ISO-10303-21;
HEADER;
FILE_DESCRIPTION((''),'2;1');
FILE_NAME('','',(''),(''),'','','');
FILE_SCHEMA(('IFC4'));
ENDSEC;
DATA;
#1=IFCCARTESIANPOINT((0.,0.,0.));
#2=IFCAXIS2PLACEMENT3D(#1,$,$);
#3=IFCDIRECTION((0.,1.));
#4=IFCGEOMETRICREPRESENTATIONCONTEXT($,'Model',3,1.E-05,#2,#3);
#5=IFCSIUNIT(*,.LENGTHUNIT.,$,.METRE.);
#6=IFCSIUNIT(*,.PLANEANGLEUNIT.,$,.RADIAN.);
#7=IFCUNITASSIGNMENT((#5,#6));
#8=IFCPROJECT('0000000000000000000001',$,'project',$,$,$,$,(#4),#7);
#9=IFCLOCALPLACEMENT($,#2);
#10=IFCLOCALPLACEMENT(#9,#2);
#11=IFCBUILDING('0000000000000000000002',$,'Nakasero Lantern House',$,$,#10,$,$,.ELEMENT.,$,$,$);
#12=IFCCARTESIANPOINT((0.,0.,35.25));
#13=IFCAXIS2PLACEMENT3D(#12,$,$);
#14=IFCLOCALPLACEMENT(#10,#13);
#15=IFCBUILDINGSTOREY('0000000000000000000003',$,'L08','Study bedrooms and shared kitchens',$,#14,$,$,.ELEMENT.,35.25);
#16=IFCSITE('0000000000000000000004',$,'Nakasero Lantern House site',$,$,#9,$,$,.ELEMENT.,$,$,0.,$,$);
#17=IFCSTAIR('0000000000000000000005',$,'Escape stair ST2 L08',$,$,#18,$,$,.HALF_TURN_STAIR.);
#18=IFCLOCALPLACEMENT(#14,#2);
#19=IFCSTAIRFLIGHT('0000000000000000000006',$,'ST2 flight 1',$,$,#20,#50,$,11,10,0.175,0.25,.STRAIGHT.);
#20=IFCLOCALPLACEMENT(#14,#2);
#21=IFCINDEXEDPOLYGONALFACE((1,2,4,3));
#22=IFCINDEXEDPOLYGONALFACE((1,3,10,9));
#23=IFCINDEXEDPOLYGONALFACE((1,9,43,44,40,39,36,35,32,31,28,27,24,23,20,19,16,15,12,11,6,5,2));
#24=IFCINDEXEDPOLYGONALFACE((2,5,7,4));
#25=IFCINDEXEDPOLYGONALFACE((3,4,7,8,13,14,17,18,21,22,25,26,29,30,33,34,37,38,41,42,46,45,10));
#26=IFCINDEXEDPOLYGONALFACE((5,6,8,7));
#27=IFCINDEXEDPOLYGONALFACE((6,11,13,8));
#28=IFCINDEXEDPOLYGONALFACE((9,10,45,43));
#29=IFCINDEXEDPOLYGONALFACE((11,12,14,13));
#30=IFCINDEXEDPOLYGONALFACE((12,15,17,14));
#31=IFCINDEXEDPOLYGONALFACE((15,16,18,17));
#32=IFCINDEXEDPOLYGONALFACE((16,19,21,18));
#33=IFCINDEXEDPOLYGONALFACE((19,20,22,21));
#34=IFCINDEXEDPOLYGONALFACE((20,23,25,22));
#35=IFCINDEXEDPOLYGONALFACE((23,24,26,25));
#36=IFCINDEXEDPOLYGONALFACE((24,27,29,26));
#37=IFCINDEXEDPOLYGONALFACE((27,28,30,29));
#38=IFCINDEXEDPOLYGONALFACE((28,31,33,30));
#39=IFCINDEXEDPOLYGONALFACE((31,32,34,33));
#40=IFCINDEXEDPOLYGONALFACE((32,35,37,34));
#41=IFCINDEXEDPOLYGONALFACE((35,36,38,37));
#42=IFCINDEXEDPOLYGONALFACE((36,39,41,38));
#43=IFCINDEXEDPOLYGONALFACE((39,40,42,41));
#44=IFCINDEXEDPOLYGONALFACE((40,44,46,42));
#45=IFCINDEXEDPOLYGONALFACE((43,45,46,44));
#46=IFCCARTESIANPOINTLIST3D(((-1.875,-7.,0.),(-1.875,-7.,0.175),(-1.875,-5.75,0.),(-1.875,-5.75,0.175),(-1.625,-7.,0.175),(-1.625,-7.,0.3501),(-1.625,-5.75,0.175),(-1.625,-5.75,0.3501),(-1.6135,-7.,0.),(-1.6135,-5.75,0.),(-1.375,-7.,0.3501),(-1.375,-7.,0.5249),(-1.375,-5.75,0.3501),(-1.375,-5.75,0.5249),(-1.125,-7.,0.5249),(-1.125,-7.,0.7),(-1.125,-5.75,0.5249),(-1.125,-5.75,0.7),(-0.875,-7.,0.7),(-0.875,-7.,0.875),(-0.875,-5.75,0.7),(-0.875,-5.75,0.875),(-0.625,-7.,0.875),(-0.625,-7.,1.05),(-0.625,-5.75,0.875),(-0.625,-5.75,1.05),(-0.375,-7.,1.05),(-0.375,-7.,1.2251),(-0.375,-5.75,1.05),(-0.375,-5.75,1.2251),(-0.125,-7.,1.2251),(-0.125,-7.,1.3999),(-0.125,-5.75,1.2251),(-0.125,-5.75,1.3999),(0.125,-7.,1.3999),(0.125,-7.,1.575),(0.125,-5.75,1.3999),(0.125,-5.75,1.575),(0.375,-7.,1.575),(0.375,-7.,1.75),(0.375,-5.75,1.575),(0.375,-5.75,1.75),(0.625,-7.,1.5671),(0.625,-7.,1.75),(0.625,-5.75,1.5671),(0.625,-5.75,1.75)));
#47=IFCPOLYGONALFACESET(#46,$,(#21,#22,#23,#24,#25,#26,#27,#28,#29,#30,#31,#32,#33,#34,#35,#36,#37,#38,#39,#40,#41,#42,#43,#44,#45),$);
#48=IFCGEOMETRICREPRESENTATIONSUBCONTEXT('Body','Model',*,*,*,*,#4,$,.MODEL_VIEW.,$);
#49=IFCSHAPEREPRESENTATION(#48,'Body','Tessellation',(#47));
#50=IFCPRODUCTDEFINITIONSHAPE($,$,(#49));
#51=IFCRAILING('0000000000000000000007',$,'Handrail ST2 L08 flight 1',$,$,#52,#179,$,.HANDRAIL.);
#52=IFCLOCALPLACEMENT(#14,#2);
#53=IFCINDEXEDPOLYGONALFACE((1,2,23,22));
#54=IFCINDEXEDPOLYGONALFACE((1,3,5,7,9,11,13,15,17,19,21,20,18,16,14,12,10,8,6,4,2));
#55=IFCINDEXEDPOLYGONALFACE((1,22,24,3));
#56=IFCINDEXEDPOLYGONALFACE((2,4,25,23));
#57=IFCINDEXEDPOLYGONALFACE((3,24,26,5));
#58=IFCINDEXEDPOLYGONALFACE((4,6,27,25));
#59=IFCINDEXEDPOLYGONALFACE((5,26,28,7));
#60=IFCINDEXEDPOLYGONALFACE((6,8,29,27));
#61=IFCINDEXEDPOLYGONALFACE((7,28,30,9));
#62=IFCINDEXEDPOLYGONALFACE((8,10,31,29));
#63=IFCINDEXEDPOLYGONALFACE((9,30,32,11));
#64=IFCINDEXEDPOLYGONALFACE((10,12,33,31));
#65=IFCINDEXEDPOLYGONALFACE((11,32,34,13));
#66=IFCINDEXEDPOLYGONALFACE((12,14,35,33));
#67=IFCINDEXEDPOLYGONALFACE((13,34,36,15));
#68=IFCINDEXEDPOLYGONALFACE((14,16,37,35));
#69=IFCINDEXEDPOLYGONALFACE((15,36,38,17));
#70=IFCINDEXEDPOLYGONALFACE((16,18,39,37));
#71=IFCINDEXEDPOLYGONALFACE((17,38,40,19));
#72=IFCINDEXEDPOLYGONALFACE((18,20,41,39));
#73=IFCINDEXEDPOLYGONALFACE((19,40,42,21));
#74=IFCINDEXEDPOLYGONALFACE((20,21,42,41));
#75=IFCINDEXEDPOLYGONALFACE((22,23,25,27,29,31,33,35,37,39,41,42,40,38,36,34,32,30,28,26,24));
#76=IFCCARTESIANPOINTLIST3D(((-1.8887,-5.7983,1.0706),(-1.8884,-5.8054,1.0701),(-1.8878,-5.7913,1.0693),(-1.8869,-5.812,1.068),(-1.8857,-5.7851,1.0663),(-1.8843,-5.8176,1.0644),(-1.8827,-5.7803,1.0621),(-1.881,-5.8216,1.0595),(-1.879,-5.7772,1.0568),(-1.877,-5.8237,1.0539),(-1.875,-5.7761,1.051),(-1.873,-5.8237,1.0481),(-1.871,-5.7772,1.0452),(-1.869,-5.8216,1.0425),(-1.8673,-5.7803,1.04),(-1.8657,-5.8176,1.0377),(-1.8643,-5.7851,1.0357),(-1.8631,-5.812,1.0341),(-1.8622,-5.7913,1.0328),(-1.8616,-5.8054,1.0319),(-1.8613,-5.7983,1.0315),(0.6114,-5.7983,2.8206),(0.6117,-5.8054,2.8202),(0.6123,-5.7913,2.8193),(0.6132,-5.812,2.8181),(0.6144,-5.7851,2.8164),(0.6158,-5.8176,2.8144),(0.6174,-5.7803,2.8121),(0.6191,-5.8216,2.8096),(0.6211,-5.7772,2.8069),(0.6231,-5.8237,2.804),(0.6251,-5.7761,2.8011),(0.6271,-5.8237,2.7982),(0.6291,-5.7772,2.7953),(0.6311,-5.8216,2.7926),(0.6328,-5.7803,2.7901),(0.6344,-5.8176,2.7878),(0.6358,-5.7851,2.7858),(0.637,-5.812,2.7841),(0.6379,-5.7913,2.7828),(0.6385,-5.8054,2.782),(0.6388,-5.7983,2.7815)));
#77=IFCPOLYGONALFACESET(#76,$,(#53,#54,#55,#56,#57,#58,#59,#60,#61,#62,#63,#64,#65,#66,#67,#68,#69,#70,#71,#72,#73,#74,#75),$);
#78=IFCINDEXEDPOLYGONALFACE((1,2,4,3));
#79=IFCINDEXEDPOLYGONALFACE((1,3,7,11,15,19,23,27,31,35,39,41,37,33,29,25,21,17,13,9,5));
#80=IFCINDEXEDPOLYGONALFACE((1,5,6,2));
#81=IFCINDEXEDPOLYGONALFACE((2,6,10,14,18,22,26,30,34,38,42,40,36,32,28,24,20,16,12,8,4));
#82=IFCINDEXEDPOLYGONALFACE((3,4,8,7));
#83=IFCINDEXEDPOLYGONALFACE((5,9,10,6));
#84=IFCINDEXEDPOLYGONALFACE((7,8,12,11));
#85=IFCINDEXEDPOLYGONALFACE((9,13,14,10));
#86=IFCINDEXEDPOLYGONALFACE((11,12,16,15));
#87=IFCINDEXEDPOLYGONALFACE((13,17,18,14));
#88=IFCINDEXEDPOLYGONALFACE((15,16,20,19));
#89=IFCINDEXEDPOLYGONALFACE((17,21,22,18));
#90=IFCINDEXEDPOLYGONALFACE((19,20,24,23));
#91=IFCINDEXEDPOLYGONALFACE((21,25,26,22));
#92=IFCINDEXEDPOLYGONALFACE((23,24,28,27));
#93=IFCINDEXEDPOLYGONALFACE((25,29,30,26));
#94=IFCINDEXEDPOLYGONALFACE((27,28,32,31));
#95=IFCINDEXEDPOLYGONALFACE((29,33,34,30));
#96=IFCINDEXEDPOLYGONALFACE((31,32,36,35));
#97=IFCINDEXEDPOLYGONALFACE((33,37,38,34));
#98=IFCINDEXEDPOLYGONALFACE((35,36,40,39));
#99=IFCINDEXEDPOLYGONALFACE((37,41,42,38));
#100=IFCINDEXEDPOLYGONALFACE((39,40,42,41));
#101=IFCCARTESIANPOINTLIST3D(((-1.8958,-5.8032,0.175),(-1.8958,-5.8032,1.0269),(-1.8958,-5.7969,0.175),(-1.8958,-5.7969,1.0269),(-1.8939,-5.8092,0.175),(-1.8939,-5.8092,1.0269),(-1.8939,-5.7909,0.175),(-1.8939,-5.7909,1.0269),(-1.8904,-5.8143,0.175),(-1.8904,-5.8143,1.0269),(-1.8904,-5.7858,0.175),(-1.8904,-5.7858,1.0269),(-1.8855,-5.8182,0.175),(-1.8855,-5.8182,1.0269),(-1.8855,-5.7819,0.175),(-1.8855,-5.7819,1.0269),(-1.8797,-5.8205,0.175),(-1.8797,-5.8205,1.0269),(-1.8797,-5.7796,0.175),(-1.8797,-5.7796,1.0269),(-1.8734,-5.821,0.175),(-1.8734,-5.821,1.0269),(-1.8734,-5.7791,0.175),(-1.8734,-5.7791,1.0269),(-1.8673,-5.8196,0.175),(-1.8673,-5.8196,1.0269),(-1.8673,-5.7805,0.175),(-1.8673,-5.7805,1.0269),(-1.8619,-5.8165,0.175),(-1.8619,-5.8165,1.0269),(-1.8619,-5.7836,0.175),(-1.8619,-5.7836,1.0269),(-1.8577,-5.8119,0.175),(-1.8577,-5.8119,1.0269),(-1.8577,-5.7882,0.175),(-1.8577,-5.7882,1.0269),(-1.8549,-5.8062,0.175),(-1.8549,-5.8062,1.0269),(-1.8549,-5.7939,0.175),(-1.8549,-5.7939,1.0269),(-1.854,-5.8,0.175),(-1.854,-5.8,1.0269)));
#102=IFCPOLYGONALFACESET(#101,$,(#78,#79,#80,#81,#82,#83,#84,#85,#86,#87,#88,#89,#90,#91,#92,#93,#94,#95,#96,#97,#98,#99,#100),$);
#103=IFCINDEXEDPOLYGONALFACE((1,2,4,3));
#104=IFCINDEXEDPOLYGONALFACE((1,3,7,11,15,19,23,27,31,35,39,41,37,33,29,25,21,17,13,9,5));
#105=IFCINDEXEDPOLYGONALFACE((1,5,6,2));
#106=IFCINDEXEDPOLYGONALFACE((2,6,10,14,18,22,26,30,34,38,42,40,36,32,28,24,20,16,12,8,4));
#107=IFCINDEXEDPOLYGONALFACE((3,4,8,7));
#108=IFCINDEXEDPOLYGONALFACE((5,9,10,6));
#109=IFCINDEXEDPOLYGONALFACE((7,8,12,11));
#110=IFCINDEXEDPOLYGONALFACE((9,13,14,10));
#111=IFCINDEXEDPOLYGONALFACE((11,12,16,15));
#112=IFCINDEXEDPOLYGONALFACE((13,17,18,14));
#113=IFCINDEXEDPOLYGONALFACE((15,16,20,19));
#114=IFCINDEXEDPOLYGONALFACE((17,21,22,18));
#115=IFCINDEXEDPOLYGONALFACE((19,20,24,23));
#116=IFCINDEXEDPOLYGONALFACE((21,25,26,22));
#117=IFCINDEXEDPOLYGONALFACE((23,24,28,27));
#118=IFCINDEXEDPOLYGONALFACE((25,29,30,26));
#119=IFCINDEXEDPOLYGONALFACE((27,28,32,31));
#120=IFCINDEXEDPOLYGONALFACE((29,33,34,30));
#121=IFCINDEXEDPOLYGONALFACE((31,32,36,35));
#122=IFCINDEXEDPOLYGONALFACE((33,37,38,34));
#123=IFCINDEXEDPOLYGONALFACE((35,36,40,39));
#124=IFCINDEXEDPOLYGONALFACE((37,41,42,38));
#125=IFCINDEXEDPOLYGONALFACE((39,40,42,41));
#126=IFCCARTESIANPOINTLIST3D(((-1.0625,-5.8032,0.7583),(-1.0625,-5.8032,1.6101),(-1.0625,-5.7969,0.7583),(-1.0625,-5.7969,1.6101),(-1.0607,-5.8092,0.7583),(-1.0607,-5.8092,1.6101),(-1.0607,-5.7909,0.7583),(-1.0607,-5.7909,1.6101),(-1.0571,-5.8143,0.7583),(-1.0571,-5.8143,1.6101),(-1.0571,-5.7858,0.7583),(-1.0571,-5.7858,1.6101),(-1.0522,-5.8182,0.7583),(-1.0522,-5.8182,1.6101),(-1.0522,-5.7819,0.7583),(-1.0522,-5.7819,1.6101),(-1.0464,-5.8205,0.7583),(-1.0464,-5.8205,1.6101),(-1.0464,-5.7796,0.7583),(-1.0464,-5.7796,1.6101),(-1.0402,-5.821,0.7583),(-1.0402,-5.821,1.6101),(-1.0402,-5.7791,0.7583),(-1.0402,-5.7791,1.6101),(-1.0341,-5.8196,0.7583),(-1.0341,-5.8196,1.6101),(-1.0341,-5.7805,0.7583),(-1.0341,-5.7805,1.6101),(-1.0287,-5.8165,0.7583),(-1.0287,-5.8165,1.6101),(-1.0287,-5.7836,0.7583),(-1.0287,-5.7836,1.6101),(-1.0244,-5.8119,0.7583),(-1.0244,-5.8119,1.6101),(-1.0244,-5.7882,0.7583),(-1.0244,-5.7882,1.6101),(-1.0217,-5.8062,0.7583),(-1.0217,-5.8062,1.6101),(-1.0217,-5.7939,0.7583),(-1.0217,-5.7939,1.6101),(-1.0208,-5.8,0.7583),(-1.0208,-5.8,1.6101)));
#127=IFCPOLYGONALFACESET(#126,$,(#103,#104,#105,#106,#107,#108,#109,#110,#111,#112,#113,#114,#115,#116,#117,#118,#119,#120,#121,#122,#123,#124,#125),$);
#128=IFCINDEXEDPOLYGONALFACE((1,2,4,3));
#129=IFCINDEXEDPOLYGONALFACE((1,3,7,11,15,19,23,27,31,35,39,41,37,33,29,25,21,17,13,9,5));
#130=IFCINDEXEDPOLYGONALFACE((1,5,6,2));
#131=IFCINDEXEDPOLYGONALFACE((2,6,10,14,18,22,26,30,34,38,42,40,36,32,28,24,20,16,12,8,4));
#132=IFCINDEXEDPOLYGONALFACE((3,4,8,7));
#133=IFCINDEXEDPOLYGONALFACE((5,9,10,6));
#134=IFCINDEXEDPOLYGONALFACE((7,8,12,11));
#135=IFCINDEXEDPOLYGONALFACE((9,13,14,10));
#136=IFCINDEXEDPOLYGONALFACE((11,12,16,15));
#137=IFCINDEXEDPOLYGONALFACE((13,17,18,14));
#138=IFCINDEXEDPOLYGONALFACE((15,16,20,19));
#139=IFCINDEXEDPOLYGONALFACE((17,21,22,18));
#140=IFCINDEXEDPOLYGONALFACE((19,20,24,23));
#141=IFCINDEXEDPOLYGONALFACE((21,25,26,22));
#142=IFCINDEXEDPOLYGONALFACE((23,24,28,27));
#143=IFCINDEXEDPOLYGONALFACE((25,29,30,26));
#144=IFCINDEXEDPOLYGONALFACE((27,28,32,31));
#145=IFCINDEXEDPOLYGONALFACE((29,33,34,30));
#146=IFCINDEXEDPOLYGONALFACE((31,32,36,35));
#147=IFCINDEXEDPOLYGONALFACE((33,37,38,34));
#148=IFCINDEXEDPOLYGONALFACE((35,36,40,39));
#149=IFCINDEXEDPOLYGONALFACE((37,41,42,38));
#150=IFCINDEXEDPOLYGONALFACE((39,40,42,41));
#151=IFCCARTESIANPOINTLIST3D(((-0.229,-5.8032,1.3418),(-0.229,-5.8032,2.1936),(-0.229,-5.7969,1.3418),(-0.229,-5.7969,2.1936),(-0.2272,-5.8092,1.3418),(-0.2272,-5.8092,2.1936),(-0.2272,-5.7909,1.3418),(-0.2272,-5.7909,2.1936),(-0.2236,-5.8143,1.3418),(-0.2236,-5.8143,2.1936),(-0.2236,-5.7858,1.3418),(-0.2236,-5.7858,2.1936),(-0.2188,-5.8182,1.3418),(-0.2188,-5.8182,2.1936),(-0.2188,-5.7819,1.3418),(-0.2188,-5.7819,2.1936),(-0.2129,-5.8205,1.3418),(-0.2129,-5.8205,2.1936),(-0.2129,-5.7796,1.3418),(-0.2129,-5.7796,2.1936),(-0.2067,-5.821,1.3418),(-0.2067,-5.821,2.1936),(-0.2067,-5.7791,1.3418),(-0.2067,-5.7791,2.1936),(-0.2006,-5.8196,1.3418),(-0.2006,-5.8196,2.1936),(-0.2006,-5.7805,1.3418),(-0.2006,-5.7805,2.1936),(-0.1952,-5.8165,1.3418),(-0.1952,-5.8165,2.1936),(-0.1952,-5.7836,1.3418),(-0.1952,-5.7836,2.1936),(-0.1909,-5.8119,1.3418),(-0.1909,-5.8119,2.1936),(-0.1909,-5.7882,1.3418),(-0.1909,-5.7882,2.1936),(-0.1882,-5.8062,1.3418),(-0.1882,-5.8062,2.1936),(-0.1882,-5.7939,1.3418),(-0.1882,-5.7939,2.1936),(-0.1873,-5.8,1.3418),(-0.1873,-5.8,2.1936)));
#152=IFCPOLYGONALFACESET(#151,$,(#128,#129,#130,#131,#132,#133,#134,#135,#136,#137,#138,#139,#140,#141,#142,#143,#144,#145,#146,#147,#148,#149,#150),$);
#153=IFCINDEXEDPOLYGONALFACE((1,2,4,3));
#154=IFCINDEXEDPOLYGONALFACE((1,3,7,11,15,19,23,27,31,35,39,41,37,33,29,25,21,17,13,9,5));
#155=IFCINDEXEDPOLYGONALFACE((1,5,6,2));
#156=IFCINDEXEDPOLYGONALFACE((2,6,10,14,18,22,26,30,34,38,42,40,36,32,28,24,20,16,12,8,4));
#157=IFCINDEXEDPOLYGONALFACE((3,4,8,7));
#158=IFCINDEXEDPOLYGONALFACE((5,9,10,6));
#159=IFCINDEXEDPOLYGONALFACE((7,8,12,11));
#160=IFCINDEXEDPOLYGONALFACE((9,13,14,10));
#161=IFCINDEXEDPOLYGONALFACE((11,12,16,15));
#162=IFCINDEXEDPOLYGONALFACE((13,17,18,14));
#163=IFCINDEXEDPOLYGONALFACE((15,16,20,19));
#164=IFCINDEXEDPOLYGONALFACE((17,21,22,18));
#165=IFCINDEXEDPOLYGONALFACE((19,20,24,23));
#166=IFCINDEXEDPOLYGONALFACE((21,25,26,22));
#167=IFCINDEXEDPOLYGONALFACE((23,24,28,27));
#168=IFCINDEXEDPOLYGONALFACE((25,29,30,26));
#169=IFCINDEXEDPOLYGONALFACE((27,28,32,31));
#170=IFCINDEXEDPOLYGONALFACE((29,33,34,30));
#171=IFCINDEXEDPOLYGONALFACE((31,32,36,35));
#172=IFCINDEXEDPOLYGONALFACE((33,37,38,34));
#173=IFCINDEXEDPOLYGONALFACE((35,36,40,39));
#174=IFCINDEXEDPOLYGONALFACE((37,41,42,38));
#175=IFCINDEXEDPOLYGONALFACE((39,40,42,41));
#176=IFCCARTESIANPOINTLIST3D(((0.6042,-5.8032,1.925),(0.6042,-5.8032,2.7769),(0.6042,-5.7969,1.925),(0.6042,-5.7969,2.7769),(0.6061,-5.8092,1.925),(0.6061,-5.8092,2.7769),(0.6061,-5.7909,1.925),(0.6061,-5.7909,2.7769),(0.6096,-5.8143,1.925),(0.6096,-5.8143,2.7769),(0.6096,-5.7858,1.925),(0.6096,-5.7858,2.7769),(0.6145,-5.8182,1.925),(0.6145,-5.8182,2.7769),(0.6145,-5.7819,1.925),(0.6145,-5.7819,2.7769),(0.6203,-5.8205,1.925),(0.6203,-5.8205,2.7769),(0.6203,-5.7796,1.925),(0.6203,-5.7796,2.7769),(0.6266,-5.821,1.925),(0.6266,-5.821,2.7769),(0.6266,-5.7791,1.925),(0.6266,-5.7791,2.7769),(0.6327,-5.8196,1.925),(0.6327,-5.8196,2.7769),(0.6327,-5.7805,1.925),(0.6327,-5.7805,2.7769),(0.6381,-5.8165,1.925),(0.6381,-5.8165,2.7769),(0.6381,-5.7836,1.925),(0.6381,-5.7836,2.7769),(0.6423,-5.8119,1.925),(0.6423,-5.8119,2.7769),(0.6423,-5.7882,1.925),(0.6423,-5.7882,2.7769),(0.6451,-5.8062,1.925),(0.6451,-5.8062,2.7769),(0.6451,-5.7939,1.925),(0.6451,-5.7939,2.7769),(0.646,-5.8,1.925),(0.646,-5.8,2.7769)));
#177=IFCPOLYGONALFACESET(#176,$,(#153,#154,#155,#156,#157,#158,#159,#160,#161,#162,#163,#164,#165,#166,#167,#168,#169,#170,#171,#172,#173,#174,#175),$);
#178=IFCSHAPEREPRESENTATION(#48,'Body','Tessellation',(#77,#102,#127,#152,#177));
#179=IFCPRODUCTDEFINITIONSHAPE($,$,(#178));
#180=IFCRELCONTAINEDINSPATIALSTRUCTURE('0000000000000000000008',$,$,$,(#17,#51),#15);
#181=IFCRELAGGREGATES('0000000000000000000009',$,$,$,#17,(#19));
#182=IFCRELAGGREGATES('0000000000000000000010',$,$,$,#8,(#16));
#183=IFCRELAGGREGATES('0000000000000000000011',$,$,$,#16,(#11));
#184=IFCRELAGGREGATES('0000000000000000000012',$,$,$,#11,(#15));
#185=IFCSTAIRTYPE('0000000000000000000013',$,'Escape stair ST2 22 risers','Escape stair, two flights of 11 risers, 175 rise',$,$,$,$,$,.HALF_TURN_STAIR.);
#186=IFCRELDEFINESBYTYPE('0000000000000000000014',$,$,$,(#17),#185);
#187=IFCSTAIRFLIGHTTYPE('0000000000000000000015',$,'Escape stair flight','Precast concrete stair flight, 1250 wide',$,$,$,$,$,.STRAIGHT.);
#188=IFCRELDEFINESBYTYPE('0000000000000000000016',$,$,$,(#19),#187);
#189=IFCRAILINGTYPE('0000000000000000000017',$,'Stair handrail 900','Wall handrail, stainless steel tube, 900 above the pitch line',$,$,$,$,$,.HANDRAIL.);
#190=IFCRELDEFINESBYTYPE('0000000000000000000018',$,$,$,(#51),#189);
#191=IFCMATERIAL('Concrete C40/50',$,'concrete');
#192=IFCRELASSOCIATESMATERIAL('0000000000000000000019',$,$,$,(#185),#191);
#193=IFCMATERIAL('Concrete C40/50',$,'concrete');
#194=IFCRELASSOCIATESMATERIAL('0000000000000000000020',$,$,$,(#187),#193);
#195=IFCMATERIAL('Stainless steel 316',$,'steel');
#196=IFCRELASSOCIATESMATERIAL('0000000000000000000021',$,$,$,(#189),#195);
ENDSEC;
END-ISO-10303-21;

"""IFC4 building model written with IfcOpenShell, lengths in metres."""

from ifc_helpers import new_model, si_unit, direction, frame, origin, origin_2d, place, context, subcontext, project, spatial, polyline, circle, outline, extrude, material, type_object, element, aggregate, save


model = new_model("IFC4")

# Units and contexts
model_context = context("Model", 3, precision=1e-05, world=origin(), true_north=direction((0.0, 1.0)))
body_context = subcontext(model_context, "Body", "Model", "MODEL_VIEW")
ifc_project = project(units=[si_unit("LENGTHUNIT", "METRE"), si_unit("PLANEANGLEUNIT", "RADIAN")], contexts=[model_context])

# Site, building, storey
site_placement = place(None, origin())
site = spatial("IfcSite", under=ifc_project, at=site_placement, Name="Nakasero Lantern House site", CompositionType="ELEMENT", RefElevation=0.0)
building_placement = place(site_placement, origin())
building = spatial("IfcBuilding", under=site, at=building_placement, Name="Nakasero Lantern House", CompositionType="ELEMENT")
storey_placement = place(building_placement, frame((0.0, 0.0, 35.25)))
storey = spatial("IfcBuildingStorey", under=building, at=storey_placement, Name="L08", Description="Study bedrooms and shared kitchens", CompositionType="ELEMENT", Elevation=35.25)

# Stair, stair flight
ifc_material_1 = material(Name="Concrete C40/50", Category="concrete")
stair_type = type_object("IfcStairType", Name="Escape stair ST2 22 risers", Description="Escape stair, two flights of 11 risers, 175 rise", PredefinedType="HALF_TURN_STAIR", material=ifc_material_1)
stair_placement = place(storey_placement, origin())
stair = element("IfcStair", 1, at=stair_placement, inside=storey, type_object=stair_type, Name="Escape stair ST2 L08", PredefinedType="HALF_TURN_STAIR")
ifc_material_2 = material(Name="Concrete C40/50", Category="concrete")
stair_flight_type = type_object("IfcStairFlightType", Name="Escape stair flight", Description="Precast concrete stair flight, 1250 wide", PredefinedType="STRAIGHT", material=ifc_material_2)
stair_flight_placement = place(storey_placement, frame((-1.875, -6.375, 0.0), z_axis=(0.0, 0.0, 1.0), x_axis=(1.0, 0.0, 0.0)))
stair_flight = element("IfcStairFlight", 2, at=stair_flight_placement, type_object=stair_flight_type, Name="ST2 flight 1", NumberOfRisers=11, NumberOfTreads=10, PredefinedType="STRAIGHT", RiserHeight=0.175, TreadLength=0.25, context=body_context, shape_type="SweptSolid", body=[
    extrude(outline(polyline([(0.0, 0.0), (0.0, 0.175), (0.25, 0.175), (0.25, 0.3501), (0.5, 0.3501), (0.5, 0.5249), (0.75, 0.5249), (0.75, 0.7), (1.0, 0.7), (1.0, 0.875), (1.25, 0.875), (1.25, 1.05), (1.5, 1.05), (1.5, 1.2251), (1.75, 1.2251), (1.75, 1.3999), (2.0, 1.3999), (2.0, 1.575), (2.25, 1.575), (2.25, 1.75), (2.5, 1.75), (2.5, 1.925), (2.5, 1.5671), (0.2615, 0.0), (0.0, 0.0)])), frame((0.0, 0.625, 0.0), z_axis=(0.0, -1.0, 0.0), x_axis=(1.0, 0.0, 0.0)), (0.0, 0.0, 1.0), 1.25),
])
aggregate(stair, [stair_flight])

# Railing
ifc_material_3 = material(Name="Stainless steel 316", Category="steel")
railing_type = type_object("IfcRailingType", Name="Stair handrail 900", Description="Wall handrail, stainless steel tube, 900 above the pitch line", PredefinedType="HANDRAIL", material=ifc_material_3)
railing_placement = place(storey_placement, frame((-1.875, -5.8, 0.175)))
element("IfcRailing", 3, at=railing_placement, inside=storey, type_object=railing_type, Name="Handrail ST2 L08 flight 1", PredefinedType="HANDRAIL", context=body_context, shape_type="SweptSolid", body=[
    extrude(circle(Radius=0.0239, at=origin_2d()), frame((0.0, 0.0, 0.876), z_axis=(0.819232, 0.0, 0.573462), x_axis=(0.0, 1.0, 0.0)), (0.0, 0.0, 1.0), 3.0518),
    extrude(circle(Radius=0.021, at=origin_2d()), origin(), (0.0, 0.0, 1.0), 0.8518),
    extrude(circle(Radius=0.021, at=origin_2d()), frame((0.8333, 0.0, 0.5833)), (0.0, 0.0, 1.0), 0.8518),
    extrude(circle(Radius=0.021, at=origin_2d()), frame((1.6667, 0.0, 1.1667)), (0.0, 0.0, 1.0), 0.8518),
    extrude(circle(Radius=0.021, at=origin_2d()), frame((2.5, 0.0, 1.75)), (0.0, 0.0, 1.0), 0.8518),
])

save(model, "model.ifc")
